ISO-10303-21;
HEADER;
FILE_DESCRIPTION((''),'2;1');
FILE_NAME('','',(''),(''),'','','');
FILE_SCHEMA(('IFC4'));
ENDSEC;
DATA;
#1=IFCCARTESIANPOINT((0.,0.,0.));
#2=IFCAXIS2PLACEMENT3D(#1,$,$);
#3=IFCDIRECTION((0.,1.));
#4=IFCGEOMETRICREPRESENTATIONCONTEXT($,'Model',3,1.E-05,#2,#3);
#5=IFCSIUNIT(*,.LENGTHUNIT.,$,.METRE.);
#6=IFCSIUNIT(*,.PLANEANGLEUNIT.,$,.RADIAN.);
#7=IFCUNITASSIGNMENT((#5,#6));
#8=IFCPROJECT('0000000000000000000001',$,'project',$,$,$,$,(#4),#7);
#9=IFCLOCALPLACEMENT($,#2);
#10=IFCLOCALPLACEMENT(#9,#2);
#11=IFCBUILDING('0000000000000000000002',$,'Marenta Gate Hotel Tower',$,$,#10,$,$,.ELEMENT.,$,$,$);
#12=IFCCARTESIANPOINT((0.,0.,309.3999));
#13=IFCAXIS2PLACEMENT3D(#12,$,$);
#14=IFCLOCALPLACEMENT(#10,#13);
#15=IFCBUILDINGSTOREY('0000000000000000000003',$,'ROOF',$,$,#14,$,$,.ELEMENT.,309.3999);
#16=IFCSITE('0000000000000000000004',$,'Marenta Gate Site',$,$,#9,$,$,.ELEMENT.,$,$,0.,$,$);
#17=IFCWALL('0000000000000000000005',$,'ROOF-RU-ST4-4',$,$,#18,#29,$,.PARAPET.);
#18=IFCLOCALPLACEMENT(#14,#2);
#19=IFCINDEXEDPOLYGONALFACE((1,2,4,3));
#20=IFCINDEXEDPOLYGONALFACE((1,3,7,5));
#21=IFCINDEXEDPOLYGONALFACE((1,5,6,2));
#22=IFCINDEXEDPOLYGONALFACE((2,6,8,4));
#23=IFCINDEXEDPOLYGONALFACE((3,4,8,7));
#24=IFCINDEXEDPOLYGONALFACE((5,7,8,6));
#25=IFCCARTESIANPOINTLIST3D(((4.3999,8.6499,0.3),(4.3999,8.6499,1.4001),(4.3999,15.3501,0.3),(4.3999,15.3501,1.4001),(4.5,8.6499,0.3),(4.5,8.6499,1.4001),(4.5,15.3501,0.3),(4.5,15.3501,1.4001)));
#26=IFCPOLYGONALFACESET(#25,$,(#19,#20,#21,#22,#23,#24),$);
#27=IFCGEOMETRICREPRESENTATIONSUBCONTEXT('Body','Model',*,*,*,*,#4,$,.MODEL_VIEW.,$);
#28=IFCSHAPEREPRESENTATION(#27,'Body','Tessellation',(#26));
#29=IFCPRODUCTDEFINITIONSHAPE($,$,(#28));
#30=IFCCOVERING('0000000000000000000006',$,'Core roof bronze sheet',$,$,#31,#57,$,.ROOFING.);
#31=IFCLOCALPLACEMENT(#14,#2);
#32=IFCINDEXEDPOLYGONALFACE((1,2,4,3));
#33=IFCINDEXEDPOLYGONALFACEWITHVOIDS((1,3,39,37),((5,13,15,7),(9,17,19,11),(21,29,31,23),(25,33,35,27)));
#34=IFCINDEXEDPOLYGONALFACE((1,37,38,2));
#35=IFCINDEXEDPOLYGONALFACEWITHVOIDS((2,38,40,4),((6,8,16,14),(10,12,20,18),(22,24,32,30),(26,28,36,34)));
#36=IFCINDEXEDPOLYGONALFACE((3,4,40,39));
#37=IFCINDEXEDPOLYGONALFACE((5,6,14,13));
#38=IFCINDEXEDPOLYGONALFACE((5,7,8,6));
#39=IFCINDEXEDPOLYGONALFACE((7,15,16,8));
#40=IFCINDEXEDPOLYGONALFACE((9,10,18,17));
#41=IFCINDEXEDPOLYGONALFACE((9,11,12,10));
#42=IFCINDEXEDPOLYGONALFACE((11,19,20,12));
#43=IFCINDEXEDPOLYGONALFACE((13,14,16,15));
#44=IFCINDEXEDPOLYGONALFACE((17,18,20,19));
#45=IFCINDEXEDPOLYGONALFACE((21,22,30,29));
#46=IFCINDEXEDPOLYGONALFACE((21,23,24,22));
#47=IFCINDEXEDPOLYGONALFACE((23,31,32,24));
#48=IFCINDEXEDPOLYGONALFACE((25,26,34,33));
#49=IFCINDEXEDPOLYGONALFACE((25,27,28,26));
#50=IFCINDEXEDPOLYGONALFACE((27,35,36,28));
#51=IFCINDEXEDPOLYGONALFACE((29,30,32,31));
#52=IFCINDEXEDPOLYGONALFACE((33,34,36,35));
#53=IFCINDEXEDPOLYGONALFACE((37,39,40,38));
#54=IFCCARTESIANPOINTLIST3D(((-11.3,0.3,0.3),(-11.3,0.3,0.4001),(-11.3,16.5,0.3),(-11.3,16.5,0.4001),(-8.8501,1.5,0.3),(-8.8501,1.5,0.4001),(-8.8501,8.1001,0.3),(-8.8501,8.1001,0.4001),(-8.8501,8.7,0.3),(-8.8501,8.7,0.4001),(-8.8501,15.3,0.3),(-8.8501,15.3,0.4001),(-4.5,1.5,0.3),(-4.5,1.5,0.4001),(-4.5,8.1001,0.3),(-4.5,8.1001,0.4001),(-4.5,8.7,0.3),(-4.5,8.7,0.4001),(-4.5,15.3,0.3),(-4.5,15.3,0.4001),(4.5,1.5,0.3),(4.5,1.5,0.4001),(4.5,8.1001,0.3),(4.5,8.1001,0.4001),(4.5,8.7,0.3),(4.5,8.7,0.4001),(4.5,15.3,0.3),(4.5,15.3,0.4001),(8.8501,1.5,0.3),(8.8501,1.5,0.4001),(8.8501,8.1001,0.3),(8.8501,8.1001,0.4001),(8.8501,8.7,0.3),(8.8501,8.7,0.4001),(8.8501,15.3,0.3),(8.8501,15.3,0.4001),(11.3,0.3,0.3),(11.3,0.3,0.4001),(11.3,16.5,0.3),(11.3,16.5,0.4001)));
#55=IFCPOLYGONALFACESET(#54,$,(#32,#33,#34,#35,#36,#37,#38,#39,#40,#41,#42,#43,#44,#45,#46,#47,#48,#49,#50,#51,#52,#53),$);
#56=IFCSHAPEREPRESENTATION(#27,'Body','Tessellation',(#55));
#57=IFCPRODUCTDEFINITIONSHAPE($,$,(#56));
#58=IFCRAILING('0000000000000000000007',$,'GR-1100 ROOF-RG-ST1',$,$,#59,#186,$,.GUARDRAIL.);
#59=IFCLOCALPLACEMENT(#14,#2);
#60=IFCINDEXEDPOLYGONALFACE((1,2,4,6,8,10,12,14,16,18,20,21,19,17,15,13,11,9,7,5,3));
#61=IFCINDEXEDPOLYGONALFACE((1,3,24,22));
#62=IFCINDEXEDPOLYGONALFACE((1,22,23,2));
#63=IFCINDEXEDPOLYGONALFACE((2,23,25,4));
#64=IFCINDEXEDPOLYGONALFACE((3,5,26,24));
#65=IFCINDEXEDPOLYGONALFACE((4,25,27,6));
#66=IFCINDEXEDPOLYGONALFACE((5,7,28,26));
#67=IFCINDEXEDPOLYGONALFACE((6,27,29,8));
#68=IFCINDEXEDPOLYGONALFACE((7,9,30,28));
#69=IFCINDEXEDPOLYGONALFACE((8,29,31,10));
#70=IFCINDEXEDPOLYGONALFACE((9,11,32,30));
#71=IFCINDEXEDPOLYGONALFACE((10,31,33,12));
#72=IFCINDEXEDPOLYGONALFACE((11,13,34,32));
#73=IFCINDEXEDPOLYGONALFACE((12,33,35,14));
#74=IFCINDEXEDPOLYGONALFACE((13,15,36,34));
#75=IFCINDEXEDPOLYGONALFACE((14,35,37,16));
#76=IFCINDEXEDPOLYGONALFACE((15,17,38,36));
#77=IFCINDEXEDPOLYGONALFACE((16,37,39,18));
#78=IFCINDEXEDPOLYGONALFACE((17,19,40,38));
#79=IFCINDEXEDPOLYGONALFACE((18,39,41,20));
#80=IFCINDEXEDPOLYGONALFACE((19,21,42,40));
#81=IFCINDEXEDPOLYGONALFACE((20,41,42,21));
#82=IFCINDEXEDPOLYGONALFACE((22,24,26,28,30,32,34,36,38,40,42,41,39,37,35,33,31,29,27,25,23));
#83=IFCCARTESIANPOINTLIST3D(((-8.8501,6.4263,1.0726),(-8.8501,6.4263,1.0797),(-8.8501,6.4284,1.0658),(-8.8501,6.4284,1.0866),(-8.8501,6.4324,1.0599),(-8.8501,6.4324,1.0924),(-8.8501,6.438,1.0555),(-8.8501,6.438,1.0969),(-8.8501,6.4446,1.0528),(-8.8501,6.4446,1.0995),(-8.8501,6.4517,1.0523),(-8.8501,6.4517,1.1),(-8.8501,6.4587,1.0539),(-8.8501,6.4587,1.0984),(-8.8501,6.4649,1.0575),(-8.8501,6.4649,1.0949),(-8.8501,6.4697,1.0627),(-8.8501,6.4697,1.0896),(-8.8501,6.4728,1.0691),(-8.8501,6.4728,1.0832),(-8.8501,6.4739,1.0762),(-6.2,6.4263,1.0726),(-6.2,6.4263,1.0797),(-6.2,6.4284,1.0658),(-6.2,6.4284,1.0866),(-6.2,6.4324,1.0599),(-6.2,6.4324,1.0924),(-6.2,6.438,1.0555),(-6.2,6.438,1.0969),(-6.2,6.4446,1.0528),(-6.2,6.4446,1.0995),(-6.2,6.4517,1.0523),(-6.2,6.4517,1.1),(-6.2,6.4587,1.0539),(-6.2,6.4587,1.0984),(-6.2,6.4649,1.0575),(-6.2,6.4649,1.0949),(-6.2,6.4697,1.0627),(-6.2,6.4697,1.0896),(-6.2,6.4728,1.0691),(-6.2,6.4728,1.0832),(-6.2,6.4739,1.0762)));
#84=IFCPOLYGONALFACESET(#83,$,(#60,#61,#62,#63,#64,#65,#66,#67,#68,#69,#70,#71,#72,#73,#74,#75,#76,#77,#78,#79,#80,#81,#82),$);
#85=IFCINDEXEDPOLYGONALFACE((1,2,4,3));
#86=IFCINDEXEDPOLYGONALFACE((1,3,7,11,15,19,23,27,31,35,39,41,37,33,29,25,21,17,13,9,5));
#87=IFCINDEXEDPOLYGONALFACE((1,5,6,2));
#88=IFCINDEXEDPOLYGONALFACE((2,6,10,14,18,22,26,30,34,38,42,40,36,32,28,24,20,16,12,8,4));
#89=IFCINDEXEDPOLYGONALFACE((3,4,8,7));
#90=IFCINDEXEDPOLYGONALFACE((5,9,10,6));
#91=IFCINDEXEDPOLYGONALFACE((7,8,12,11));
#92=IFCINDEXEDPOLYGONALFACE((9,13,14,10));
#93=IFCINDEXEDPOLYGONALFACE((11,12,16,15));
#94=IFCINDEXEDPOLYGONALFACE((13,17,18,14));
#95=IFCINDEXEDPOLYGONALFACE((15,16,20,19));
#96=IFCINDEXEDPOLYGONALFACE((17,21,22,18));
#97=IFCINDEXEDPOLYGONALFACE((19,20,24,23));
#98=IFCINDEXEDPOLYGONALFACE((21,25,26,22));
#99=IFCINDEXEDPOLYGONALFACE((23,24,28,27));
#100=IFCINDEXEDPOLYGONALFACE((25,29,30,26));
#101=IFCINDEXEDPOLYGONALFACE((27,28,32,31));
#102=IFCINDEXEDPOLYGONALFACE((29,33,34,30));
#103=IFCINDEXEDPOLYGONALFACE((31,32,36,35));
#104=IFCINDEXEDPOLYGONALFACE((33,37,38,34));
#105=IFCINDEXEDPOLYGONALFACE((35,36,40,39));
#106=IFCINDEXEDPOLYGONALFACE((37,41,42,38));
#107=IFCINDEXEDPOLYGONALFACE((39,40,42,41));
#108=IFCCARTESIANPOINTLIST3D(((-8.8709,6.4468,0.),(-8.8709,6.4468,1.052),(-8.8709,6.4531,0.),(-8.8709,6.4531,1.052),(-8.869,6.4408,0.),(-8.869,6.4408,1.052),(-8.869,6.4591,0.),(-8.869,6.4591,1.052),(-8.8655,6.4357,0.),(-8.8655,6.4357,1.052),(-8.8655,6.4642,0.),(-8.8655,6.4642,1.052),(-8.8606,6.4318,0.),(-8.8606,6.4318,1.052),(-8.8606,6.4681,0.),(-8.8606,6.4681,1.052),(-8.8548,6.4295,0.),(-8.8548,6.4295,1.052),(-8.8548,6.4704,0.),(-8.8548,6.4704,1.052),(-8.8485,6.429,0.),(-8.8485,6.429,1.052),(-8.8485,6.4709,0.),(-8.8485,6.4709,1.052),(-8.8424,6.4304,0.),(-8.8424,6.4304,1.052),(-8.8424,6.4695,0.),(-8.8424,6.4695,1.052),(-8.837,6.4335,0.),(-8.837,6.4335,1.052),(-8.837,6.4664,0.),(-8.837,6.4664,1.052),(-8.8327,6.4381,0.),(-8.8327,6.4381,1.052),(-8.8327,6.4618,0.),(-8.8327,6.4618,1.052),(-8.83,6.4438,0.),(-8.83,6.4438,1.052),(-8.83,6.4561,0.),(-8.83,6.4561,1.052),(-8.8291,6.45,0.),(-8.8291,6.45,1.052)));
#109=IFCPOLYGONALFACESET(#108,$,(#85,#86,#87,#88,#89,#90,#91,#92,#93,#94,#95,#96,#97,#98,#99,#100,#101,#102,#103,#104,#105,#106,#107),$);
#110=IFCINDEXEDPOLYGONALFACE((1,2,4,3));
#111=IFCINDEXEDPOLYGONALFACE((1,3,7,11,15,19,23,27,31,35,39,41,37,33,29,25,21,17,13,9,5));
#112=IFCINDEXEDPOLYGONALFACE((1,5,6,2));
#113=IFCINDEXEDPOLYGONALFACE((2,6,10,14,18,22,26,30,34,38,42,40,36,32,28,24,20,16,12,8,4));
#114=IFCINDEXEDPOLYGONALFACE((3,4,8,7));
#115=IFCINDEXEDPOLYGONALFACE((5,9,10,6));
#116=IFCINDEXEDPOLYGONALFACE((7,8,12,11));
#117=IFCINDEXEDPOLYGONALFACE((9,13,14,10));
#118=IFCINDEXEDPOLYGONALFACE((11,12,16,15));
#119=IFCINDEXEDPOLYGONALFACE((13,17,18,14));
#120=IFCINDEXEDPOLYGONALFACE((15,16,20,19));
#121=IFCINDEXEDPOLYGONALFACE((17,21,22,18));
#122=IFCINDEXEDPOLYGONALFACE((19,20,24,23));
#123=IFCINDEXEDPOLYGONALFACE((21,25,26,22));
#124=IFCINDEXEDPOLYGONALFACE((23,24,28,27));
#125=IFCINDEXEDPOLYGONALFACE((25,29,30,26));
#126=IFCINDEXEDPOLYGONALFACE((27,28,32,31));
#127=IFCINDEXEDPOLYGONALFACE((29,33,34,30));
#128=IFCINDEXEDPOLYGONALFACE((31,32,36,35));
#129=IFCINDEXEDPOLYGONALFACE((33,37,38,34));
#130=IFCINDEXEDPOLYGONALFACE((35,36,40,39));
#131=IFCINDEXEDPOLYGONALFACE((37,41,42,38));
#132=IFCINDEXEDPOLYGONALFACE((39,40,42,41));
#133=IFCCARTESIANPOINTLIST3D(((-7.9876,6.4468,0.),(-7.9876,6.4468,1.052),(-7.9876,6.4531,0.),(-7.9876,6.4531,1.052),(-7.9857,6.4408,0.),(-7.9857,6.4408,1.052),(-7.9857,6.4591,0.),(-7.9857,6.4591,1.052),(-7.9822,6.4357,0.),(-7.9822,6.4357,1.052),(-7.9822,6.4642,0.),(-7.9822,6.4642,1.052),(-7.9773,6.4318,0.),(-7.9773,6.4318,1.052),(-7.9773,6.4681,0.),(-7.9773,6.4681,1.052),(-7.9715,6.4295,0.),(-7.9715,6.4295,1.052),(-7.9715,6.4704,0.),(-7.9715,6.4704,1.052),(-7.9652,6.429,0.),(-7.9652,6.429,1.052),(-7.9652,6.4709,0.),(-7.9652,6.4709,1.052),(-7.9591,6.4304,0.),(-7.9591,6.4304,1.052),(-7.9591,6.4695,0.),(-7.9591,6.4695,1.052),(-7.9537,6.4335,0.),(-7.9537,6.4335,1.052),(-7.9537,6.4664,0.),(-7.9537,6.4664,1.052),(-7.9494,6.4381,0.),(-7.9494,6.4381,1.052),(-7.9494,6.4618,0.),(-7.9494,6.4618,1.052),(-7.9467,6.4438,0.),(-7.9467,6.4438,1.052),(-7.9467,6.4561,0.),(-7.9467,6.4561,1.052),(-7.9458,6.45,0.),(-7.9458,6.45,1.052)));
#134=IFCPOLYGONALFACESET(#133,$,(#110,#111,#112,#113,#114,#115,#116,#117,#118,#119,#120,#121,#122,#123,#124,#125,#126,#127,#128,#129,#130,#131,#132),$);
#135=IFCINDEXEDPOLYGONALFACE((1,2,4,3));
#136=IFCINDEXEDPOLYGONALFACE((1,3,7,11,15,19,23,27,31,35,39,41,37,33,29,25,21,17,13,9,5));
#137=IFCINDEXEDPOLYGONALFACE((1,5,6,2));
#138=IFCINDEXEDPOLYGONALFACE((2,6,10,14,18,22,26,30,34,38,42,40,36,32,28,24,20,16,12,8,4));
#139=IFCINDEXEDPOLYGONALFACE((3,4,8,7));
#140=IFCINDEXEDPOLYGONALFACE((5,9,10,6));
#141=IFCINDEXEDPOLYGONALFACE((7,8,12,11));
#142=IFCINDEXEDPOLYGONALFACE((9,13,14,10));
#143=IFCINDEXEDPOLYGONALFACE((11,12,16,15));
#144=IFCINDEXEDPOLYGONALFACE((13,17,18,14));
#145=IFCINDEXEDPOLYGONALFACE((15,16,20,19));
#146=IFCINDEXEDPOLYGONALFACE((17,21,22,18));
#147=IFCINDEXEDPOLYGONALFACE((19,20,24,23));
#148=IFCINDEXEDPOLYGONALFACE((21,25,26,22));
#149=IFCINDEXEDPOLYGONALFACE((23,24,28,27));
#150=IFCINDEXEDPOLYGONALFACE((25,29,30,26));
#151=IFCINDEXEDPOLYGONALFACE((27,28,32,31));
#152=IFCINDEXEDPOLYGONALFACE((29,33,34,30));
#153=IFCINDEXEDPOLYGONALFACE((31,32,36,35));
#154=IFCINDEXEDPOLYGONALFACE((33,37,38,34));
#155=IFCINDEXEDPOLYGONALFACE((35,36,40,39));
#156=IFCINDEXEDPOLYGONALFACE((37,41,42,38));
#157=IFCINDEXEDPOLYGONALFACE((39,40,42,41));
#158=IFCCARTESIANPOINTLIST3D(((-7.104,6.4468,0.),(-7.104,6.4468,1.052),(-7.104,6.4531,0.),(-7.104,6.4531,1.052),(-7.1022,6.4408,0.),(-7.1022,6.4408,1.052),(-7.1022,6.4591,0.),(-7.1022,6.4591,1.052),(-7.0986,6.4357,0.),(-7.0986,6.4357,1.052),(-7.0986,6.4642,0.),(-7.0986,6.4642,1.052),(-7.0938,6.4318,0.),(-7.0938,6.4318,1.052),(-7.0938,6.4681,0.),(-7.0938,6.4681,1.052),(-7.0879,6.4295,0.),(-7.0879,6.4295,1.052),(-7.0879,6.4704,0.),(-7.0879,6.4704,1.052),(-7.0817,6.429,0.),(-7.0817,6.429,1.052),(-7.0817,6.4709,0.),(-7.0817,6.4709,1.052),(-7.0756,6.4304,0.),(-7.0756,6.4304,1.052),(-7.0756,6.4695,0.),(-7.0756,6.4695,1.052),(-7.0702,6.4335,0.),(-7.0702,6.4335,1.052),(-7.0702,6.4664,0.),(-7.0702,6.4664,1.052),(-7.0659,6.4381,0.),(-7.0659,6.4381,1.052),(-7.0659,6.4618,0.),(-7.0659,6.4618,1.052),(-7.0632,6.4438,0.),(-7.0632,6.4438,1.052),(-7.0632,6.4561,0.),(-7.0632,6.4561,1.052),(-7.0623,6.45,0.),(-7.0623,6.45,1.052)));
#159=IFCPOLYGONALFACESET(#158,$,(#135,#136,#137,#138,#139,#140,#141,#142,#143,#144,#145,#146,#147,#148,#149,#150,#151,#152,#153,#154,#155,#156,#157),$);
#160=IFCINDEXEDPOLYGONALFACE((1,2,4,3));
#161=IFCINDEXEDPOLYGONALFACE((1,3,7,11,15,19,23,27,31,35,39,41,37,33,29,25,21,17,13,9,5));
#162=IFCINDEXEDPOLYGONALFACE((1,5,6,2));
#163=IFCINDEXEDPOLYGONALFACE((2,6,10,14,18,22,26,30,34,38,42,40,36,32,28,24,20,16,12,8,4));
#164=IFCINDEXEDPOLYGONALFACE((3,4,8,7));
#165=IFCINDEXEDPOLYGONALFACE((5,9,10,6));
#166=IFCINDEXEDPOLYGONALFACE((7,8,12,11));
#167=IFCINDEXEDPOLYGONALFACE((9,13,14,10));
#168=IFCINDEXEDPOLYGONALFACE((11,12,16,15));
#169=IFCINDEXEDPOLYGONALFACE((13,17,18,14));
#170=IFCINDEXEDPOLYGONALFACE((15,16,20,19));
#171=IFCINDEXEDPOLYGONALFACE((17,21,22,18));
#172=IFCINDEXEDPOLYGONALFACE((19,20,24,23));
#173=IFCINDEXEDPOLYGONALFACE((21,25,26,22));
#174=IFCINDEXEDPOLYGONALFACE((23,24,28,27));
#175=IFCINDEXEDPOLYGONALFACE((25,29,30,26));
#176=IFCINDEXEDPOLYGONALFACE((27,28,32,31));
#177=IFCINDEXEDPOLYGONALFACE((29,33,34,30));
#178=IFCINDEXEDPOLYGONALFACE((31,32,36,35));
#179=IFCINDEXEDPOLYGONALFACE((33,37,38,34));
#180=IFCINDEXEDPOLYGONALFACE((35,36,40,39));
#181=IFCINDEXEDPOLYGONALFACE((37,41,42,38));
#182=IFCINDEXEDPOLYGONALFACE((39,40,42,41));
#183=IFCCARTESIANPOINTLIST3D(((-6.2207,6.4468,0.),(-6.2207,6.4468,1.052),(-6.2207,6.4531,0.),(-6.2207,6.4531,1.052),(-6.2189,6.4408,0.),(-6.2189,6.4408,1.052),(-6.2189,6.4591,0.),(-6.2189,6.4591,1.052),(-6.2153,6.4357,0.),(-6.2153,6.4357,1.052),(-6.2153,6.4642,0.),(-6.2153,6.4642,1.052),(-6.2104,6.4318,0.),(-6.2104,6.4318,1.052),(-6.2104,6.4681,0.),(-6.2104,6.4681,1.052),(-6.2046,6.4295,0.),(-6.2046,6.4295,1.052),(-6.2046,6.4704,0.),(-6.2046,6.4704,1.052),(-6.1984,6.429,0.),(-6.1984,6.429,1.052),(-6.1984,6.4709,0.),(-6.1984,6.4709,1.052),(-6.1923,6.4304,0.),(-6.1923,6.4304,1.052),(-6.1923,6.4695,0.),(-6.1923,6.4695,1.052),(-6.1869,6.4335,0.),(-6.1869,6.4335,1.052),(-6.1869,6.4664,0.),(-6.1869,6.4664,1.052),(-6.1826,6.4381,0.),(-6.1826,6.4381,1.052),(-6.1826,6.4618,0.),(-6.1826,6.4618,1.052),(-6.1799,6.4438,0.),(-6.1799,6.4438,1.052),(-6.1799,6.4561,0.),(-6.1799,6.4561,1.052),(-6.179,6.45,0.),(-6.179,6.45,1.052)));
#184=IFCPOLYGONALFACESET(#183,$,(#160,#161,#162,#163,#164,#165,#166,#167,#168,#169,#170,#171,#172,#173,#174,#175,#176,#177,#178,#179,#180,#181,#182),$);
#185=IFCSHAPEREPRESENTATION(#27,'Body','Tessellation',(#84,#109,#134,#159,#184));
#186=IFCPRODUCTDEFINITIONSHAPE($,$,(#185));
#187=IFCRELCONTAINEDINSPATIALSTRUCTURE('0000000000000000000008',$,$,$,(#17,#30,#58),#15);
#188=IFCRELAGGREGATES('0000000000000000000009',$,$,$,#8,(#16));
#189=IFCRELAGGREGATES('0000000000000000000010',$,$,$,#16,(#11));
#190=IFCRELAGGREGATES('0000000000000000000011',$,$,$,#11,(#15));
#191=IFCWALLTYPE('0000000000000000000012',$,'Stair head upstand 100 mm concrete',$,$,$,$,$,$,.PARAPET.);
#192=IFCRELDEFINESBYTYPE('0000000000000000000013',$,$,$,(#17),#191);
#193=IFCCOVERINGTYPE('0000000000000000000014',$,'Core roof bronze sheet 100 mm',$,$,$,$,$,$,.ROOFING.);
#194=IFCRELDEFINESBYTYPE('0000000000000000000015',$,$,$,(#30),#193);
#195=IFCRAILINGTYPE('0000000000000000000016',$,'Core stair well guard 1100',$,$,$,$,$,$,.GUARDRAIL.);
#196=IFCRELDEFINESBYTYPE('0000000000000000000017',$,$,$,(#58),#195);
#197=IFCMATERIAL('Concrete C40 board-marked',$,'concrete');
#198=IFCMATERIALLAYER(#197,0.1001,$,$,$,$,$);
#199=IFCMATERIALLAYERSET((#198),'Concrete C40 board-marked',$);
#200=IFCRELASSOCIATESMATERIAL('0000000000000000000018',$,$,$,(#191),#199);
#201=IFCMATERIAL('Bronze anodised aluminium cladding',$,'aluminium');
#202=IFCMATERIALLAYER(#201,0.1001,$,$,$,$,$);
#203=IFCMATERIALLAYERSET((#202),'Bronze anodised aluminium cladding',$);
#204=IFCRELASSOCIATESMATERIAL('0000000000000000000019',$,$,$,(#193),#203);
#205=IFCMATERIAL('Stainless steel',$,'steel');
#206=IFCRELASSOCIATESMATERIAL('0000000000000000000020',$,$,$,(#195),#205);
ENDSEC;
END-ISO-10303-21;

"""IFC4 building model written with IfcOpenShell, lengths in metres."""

from ifc_helpers import new_model, si_unit, direction, frame, frame_2d, origin, origin_2d, place, context, subcontext, project, spatial, polyline, rectangle, circle, outline, extrude, material, layer, layer_set, type_object, element, save


model = new_model("IFC4")

# Units and contexts
model_context = context("Model", 3, precision=1e-05, world=origin(), true_north=direction((0.0, 1.0)))
body_context = subcontext(model_context, "Body", "Model", "MODEL_VIEW")
ifc_project = project(units=[si_unit("LENGTHUNIT", "METRE"), si_unit("PLANEANGLEUNIT", "RADIAN")], contexts=[model_context])

# Site, building, storey
site_placement = place(None, origin())
site = spatial("IfcSite", under=ifc_project, at=site_placement, Name="Marenta Gate Site", CompositionType="ELEMENT", RefElevation=0.0)
building_placement = place(site_placement, origin())
building = spatial("IfcBuilding", under=site, at=building_placement, Name="Marenta Gate Hotel Tower", CompositionType="ELEMENT")
storey_placement = place(building_placement, frame((0.0, 0.0, 309.3999)))
storey = spatial("IfcBuildingStorey", under=building, at=storey_placement, Name="ROOF", CompositionType="ELEMENT", Elevation=309.3999)

# Wall
ifc_material_1 = material(Name="Concrete C40 board-marked", Category="concrete")
ifc_layer_1 = layer(ifc_material_1, 0.1001)
ifc_layer_set_1 = layer_set([ifc_layer_1], Name="Concrete C40 board-marked")
wall_type_1 = type_object("IfcWallType", Name="Stair head upstand 100 mm concrete", PredefinedType="PARAPET", material=ifc_layer_set_1)
wall_1_placement = place(storey_placement, frame((4.45, 15.3501, 0.3), z_axis=(0.0, 0.0, 1.0), x_axis=(0.0, -1.0, 0.0)))
element("IfcWall", 1, at=wall_1_placement, inside=storey, type_object=wall_type_1, Name="ROOF-RU-ST4-4", PredefinedType="PARAPET", context=body_context, shape_type="SweptSolid", body=[
    extrude(rectangle(XDim=6.7002, YDim=0.1001, at=frame_2d((3.3501, 0.0))), origin(), (0.0, 0.0, 1.0), 1.1001),
])

# Covering
ifc_material_2 = material(Name="Bronze anodised aluminium cladding", Category="aluminium")
ifc_layer_2 = layer(ifc_material_2, 0.1001)
ifc_layer_set_2 = layer_set([ifc_layer_2], Name="Bronze anodised aluminium cladding")
covering_type = type_object("IfcCoveringType", Name="Core roof bronze sheet 100 mm", PredefinedType="ROOFING", material=ifc_layer_set_2)
covering_placement = place(storey_placement, frame((0.0, 0.0, 0.3)))
element("IfcCovering", 2, at=covering_placement, inside=storey, type_object=covering_type, Name="Core roof bronze sheet", PredefinedType="ROOFING", context=body_context, shape_type="SweptSolid", body=[
    extrude(outline(polyline([(-11.3, 0.3), (-11.3, 16.5), (11.3, 16.5), (11.3, 0.3), (-11.3, 0.3)]), holes=[polyline([(-4.5, 1.5), (-4.5, 8.1001), (-8.8501, 8.1001), (-8.8501, 1.5), (-4.5, 1.5)]), polyline([(-8.8501, 8.7), (-4.5, 8.7), (-4.5, 15.3), (-8.8501, 15.3), (-8.8501, 8.7)]), polyline([(4.5, 8.1001), (4.5, 1.5), (8.8501, 1.5), (8.8501, 8.1001), (4.5, 8.1001)]), polyline([(8.8501, 15.3), (4.5, 15.3), (4.5, 8.7), (8.8501, 8.7), (8.8501, 15.3)])]), origin(), (0.0, 0.0, 1.0), 0.1001),
])

# Railing
ifc_material_3 = material(Name="Stainless steel", Category="steel")
railing_type = type_object("IfcRailingType", Name="Core stair well guard 1100", PredefinedType="GUARDRAIL", material=ifc_material_3)
for number, where, name in (
    (3, (-8.8501, 6.45, 0.0), "GR-1100 ROOF-RG-ST1"),
):
    element("IfcRailing", number, at=place(storey_placement, frame(where)), inside=storey, type_object=railing_type, Name=name, PredefinedType="GUARDRAIL", context=body_context, shape_type="SweptSolid", body=[
        extrude(circle(Radius=0.0239, at=origin_2d()), frame((0.0, 0.0, 1.0762), z_axis=(1.0, 0.0, 0.0), x_axis=(0.0, 1.0, 0.0)), (0.0, 0.0, 1.0), 2.6501),
        extrude(circle(Radius=0.021, at=origin_2d()), origin(), (0.0, 0.0, 1.0), 1.052),
        extrude(circle(Radius=0.021, at=origin_2d()), frame((0.8833, 0.0, 0.0)), (0.0, 0.0, 1.0), 1.052),
        extrude(circle(Radius=0.021, at=origin_2d()), frame((1.7668, 0.0, 0.0)), (0.0, 0.0, 1.0), 1.052),
        extrude(circle(Radius=0.021, at=origin_2d()), frame((2.6501, 0.0, 0.0)), (0.0, 0.0, 1.0), 1.052),
    ])

save(model, "model.ifc")
